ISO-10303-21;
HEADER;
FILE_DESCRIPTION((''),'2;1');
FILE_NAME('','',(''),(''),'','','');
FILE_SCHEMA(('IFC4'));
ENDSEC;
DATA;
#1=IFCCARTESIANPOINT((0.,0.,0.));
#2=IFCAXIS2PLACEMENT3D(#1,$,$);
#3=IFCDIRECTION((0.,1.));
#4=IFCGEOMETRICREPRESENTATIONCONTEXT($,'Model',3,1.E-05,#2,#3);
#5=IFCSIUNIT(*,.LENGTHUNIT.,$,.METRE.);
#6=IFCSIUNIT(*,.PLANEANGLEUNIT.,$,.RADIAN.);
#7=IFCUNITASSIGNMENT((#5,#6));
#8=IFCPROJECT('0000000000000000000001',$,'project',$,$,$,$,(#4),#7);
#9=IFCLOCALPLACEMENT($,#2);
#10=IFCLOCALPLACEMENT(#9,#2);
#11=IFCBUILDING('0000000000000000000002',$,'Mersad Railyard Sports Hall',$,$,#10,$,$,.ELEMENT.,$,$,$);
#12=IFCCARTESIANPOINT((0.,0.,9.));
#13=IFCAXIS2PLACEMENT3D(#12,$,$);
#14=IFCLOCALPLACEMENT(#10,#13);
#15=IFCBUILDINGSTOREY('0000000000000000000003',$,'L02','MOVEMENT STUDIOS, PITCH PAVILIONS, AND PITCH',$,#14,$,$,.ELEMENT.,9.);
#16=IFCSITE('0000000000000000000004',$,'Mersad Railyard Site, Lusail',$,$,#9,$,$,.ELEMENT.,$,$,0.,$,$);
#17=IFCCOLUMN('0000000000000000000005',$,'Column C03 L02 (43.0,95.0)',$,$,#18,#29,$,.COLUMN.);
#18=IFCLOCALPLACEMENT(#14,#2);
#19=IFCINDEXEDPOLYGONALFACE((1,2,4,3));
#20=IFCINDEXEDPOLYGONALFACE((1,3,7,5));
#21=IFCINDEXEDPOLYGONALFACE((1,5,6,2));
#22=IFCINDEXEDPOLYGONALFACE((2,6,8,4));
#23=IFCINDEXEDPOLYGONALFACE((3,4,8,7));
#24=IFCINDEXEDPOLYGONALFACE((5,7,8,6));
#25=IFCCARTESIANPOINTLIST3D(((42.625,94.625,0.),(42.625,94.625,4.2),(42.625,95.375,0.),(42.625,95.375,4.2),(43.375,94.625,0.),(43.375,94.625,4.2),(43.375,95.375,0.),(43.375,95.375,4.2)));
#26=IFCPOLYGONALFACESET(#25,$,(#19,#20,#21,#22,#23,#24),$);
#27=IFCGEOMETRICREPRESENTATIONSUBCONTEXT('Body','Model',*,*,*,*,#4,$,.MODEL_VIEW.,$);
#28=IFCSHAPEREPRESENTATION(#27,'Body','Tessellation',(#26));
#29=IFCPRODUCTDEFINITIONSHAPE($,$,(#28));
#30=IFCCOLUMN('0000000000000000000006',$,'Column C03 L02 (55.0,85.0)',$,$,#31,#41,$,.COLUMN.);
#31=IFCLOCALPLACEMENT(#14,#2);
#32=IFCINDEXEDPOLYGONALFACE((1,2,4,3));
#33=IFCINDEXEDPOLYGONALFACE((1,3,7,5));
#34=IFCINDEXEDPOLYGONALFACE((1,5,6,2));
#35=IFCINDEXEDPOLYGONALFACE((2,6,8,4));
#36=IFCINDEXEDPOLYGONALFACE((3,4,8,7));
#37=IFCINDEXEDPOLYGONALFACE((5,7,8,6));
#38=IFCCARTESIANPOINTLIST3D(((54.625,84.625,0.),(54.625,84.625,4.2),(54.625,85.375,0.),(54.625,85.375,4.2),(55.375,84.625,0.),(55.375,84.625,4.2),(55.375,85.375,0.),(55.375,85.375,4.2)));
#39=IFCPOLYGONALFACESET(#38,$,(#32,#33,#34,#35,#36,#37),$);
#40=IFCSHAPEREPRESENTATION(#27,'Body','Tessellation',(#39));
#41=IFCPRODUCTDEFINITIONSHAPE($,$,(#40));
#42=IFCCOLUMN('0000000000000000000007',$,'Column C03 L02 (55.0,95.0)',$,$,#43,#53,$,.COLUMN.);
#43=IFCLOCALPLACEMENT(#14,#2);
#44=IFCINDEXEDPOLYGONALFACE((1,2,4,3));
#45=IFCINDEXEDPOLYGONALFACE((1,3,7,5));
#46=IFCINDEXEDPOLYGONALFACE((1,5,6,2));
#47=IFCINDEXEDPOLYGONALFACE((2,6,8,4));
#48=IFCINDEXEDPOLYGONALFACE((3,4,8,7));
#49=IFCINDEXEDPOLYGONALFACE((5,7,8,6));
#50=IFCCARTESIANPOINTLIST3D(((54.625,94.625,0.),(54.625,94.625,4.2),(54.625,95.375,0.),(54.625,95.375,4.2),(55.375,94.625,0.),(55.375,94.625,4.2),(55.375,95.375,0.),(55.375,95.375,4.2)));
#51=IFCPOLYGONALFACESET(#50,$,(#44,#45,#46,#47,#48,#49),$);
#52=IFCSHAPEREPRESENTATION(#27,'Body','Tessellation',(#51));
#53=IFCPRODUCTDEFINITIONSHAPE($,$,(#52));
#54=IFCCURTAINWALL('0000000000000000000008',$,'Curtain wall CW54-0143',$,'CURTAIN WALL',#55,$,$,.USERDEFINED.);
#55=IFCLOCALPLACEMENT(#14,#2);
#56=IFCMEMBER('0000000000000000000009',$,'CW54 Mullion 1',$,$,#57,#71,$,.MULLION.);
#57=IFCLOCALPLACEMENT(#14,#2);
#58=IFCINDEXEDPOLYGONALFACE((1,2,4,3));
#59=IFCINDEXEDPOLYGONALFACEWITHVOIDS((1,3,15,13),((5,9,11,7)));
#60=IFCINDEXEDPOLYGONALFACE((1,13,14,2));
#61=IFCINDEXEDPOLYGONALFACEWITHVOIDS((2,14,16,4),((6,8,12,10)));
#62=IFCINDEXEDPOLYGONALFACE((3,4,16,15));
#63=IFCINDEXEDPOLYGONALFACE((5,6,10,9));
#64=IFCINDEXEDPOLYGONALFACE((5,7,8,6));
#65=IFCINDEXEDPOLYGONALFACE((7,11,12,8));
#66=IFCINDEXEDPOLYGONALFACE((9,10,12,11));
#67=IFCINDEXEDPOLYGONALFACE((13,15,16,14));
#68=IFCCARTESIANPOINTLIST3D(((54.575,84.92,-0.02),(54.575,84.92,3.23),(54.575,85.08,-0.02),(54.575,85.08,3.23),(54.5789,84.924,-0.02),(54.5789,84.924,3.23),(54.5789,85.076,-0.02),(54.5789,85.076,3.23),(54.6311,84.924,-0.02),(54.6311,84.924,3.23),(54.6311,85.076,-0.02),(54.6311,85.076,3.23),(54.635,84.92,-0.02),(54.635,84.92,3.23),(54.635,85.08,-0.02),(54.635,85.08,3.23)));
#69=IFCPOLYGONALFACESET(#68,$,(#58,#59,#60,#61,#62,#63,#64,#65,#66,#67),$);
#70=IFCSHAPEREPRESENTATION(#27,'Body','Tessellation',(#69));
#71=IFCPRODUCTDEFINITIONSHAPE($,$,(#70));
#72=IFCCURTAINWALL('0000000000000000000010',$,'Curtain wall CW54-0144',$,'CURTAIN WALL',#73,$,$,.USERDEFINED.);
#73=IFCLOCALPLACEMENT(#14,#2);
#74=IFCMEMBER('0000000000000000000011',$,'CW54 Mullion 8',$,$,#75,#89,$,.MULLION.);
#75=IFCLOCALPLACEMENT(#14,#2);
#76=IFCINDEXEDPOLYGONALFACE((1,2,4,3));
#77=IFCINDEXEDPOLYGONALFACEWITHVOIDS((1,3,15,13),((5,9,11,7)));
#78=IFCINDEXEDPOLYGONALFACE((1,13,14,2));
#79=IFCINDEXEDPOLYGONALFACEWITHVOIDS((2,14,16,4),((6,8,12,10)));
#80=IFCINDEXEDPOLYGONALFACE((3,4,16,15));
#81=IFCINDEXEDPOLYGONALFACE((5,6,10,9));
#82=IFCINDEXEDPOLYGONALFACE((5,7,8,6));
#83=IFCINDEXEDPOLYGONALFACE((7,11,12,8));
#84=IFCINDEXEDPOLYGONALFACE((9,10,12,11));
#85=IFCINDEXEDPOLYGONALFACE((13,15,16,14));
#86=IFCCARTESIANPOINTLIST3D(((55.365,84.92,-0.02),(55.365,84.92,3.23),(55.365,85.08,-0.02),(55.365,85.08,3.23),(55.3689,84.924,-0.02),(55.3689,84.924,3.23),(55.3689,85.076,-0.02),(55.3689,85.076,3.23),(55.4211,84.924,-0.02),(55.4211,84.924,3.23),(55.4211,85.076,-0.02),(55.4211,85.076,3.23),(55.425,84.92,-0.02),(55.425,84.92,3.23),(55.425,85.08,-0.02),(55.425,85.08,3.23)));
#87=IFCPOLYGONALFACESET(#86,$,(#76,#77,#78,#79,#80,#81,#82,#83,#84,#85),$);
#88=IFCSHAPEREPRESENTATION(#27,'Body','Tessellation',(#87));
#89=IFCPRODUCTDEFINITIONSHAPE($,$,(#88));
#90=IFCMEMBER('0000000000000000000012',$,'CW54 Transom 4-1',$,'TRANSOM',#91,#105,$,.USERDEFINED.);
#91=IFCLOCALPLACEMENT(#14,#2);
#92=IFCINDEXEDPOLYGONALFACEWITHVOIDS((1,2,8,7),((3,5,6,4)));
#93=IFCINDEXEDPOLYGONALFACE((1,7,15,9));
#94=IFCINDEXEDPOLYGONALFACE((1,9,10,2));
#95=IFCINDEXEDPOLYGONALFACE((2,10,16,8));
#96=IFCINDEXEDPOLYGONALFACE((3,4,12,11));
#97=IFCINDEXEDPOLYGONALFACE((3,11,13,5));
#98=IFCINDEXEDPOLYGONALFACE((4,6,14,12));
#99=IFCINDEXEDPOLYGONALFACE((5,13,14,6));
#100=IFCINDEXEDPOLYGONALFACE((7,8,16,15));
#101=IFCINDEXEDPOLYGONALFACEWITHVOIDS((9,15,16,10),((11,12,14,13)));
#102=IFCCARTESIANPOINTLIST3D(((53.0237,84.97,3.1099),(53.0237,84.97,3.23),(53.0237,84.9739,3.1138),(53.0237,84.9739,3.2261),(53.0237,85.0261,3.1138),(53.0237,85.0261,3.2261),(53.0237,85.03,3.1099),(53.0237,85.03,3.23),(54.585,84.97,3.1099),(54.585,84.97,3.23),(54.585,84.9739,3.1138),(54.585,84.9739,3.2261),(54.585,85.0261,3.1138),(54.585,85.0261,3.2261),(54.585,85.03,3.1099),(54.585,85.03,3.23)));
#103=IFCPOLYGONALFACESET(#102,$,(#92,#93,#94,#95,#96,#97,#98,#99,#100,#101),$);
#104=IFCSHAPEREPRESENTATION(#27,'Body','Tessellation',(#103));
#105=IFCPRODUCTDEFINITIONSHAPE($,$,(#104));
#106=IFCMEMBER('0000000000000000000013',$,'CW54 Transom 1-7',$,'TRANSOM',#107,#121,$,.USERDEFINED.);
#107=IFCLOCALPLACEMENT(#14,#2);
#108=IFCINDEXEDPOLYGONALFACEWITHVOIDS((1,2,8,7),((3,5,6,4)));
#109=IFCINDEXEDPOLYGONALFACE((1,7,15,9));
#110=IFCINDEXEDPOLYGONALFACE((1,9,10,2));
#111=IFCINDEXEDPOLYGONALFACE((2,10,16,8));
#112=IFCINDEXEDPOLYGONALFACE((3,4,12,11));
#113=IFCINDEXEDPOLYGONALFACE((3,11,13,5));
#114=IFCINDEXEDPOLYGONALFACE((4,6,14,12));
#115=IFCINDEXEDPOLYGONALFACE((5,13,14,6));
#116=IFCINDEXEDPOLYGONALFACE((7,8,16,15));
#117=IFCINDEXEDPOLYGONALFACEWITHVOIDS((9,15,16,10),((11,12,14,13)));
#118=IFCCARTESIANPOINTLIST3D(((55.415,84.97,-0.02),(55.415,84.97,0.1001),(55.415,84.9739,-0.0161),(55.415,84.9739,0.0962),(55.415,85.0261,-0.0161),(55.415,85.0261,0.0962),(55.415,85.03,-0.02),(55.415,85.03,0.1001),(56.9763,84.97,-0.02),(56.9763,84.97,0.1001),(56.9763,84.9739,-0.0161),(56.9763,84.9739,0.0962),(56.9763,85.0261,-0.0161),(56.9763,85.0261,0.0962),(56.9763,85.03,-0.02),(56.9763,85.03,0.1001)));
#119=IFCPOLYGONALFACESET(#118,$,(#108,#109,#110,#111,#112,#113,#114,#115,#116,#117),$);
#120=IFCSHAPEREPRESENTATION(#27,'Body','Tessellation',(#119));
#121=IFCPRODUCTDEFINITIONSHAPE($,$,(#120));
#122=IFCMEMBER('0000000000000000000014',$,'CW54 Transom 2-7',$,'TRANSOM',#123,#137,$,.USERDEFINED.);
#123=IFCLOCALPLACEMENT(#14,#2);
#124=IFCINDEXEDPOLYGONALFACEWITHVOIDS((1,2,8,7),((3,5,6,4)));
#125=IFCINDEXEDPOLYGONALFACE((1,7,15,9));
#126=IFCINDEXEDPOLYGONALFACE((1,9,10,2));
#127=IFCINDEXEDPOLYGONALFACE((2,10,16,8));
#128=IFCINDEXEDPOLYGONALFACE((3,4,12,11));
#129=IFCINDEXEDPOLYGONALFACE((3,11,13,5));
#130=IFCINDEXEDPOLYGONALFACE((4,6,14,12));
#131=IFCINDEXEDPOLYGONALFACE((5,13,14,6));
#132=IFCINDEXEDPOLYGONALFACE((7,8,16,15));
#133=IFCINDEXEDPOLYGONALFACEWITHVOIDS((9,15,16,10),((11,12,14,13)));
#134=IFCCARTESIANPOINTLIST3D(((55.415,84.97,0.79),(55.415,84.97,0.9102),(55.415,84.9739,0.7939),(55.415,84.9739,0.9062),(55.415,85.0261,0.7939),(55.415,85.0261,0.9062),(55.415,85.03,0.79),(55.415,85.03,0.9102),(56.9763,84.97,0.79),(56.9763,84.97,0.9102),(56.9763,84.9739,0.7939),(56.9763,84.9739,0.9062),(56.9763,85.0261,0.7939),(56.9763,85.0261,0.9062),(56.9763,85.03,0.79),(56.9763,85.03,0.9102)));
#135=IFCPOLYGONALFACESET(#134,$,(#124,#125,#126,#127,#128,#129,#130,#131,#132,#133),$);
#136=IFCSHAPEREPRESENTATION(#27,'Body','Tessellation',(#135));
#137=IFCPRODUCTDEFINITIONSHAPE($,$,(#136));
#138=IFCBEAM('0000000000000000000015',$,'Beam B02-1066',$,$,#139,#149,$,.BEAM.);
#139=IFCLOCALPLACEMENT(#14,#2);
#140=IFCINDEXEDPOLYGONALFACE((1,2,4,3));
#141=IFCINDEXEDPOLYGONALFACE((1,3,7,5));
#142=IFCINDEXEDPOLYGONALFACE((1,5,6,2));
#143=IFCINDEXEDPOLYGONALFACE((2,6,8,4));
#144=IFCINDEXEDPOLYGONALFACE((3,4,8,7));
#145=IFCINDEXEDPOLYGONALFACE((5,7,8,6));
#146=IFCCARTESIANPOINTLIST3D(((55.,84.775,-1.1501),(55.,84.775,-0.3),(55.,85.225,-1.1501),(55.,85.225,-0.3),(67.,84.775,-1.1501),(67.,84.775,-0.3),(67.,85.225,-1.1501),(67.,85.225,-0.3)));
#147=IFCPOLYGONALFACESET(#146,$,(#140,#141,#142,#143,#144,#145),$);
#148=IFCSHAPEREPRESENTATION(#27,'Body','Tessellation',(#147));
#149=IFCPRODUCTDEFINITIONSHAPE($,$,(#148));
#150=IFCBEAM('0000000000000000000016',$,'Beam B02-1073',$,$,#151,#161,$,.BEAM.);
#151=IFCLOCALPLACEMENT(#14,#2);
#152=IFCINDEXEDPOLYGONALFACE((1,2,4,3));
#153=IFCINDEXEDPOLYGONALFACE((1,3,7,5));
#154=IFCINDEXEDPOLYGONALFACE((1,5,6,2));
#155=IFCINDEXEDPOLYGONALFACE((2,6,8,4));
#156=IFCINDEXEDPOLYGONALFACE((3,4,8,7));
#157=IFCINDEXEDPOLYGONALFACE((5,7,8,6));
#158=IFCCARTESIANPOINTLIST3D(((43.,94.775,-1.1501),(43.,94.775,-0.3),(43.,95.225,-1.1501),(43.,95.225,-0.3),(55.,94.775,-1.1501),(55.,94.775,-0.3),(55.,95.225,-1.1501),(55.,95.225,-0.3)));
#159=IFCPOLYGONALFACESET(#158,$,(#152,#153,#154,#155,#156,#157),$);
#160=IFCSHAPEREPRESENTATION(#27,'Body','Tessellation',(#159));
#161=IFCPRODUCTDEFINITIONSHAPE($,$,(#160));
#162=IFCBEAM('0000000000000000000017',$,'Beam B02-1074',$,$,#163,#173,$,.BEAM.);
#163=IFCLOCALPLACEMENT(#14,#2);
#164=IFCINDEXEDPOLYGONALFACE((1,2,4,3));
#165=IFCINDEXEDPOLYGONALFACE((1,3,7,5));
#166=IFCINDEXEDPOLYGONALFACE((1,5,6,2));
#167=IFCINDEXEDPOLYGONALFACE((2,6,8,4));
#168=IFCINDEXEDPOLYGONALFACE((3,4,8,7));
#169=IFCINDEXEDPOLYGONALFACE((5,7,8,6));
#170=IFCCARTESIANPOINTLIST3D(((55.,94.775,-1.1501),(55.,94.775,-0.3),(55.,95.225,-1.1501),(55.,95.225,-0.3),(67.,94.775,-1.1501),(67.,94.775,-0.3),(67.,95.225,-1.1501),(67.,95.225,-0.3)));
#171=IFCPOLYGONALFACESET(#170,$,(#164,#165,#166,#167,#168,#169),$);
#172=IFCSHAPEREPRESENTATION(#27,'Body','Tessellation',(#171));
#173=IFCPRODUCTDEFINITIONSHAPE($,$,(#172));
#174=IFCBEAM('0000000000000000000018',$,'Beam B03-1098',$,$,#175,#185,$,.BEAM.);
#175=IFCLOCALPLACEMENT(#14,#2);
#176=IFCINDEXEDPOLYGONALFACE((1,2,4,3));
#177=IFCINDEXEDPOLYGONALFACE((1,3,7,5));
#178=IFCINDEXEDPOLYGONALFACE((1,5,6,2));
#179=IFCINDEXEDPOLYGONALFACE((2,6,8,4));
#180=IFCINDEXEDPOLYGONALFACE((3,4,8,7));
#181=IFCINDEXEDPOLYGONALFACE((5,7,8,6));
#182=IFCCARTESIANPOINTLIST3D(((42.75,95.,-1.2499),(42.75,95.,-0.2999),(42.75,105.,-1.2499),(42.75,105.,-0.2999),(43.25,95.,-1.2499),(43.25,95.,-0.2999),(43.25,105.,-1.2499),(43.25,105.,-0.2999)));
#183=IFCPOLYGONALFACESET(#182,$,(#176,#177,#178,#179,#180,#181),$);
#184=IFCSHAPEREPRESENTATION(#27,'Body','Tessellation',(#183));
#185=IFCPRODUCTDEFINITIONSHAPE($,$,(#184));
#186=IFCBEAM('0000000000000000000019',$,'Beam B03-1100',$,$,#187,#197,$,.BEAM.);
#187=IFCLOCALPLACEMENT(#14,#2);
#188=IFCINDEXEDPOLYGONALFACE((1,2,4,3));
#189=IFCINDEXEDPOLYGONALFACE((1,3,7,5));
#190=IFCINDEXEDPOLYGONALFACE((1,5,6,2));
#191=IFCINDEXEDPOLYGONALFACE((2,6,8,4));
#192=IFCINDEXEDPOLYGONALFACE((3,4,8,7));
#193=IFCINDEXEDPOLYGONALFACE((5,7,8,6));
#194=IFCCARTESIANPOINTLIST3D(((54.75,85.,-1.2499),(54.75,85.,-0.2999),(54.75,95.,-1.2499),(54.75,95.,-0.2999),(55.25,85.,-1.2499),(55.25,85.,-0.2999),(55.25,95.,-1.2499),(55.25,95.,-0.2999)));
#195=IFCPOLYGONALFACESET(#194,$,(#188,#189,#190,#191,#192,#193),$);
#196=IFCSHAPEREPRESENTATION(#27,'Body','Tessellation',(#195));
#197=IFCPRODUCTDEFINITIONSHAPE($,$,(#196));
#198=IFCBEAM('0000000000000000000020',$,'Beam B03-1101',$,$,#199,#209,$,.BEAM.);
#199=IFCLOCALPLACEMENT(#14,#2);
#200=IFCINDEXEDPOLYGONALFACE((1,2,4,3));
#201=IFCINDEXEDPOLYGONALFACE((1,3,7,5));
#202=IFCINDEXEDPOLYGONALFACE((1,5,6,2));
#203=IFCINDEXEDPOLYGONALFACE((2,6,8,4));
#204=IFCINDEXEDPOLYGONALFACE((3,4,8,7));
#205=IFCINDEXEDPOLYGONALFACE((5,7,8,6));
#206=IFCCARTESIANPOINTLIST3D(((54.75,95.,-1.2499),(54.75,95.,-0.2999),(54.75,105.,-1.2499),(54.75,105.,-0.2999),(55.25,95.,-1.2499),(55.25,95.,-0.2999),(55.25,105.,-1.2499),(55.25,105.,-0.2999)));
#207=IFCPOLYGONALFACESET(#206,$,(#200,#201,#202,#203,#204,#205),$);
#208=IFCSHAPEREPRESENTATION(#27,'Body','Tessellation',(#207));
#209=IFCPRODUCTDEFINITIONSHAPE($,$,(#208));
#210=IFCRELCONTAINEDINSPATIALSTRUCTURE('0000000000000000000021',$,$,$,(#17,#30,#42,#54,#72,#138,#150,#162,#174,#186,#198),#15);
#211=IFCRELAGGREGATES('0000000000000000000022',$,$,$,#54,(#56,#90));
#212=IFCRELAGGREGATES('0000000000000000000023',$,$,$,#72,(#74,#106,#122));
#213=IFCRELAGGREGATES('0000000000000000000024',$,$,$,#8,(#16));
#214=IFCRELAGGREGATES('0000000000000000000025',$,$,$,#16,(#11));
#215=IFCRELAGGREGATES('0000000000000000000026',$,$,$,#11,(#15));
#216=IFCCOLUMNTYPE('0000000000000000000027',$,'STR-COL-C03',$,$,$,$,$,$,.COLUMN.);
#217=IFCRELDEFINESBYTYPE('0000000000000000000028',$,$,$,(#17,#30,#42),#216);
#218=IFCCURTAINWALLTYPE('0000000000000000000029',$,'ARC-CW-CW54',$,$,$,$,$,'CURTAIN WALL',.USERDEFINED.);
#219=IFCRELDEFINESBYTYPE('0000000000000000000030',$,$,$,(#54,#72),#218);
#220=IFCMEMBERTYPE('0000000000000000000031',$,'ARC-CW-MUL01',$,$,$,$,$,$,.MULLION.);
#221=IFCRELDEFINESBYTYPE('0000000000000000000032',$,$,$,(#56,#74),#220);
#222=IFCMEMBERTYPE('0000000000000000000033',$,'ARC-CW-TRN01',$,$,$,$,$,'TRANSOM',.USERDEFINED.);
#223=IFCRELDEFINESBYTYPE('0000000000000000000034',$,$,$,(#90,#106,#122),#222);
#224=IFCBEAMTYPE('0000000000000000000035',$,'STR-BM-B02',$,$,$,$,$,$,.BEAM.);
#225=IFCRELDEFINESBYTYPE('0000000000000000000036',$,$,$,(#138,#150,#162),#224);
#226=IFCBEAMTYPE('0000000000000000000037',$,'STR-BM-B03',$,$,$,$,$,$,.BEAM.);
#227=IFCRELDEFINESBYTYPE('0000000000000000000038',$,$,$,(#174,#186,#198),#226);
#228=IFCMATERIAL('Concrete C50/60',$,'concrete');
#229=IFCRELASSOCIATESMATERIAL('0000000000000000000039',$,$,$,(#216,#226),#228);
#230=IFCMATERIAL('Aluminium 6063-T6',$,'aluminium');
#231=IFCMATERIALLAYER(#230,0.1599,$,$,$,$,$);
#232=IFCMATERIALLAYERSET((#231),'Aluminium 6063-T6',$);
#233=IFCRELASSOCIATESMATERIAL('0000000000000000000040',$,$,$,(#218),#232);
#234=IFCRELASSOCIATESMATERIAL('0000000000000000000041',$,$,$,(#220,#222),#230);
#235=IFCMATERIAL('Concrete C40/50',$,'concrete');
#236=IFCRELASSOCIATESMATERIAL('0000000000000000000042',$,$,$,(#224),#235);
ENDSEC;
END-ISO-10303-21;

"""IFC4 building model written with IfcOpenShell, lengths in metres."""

from ifc_helpers import new_model, si_unit, direction, frame, origin, origin_2d, place, context, subcontext, project, spatial, rectangle, hollow_rectangle, extrude, material, layer, layer_set, material_profile, profile_set, type_object, element, aggregate, save


model = new_model("IFC4")

# Units and contexts
model_context = context("Model", 3, precision=1e-05, world=origin(), true_north=direction((0.0, 1.0)))
body_context = subcontext(model_context, "Body", "Model", "MODEL_VIEW")
ifc_project = project(units=[si_unit("LENGTHUNIT", "METRE"), si_unit("PLANEANGLEUNIT", "RADIAN")], contexts=[model_context])

# Site, building, storey
site_placement = place(None, origin())
site = spatial("IfcSite", under=ifc_project, at=site_placement, Name="Mersad Railyard Site, Lusail", CompositionType="ELEMENT", RefElevation=0.0)
building_placement = place(site_placement, origin())
building = spatial("IfcBuilding", under=site, at=building_placement, Name="Mersad Railyard Sports Hall", CompositionType="ELEMENT")
storey_placement = place(building_placement, frame((0.0, 0.0, 9.0)))
storey = spatial("IfcBuildingStorey", under=building, at=storey_placement, Name="L02", Description="MOVEMENT STUDIOS, PITCH PAVILIONS, AND PITCH", CompositionType="ELEMENT", Elevation=9.0)

# Columns
ifc_material_1 = material(Name="Concrete C50/60", Category="concrete")
ifc_material_profile_1 = material_profile(ifc_material_1, rectangle(XDim=0.75, YDim=0.75, at=origin_2d()), Name="RC 750x750")
ifc_profile_set_1 = profile_set([ifc_material_profile_1], Name="Concrete C50/60")
column_type = type_object("IfcColumnType", Name="STR-COL-C03", PredefinedType="COLUMN", material=ifc_profile_set_1)
for number, where, z_axis, x_axis, name in (
    (1, (43.0, 95.0, 0.0), (0.0, 0.0, 1.0), (1.0, 0.0, 0.0), "Column C03 L02 (43.0,95.0)"),
    (2, (55.0, 85.0, 0.0), (0.0, 0.0, 1.0), (1.0, 0.0, 0.0), "Column C03 L02 (55.0,85.0)"),
    (3, (55.0, 95.0, 0.0), (0.0, 0.0, 1.0), (1.0, 0.0, 0.0), "Column C03 L02 (55.0,95.0)"),
):
    element("IfcColumn", number, at=place(storey_placement, frame(where, z_axis=z_axis, x_axis=x_axis)), inside=storey, type_object=column_type, Name=name, PredefinedType="COLUMN", context=body_context, shape_type="SweptSolid", body=[
        extrude(rectangle(XDim=0.75, YDim=0.75, at=origin_2d()), origin(), (0.0, 0.0, 1.0), 4.2),
    ])

# Curtain walls, members
ifc_material_2 = material(Name="Aluminium 6063-T6", Category="aluminium")
ifc_layer_1 = layer(ifc_material_2, 0.1599)
ifc_layer_set_1 = layer_set([ifc_layer_1], Name="Aluminium 6063-T6")
curtain_wall_type = type_object("IfcCurtainWallType", Name="ARC-CW-CW54", ElementType="CURTAIN WALL", PredefinedType="USERDEFINED", material=ifc_layer_set_1)
curtain_wall_1_placement = place(storey_placement, origin())
curtain_wall_1 = element("IfcCurtainWall", 4, at=curtain_wall_1_placement, inside=storey, type_object=curtain_wall_type, Name="Curtain wall CW54-0143", ObjectType="CURTAIN WALL", PredefinedType="USERDEFINED")
ifc_material_profile_2 = material_profile(ifc_material_2, hollow_rectangle(XDim=0.0601, YDim=0.1599, WallThickness=0.0039, at=origin_2d()), Name="AL MULLION 60x160x4")
ifc_profile_set_2 = profile_set([ifc_material_profile_2], Name="Aluminium 6063-T6")
member_type_1 = type_object("IfcMemberType", Name="ARC-CW-MUL01", PredefinedType="MULLION", material=ifc_profile_set_2)
member_1_placement = place(storey_placement, frame((54.605, 85.0, -0.02), z_axis=(0.0, 0.0, 1.0), x_axis=(1.0, 0.0, 0.0)))
member_1 = element("IfcMember", 5, at=member_1_placement, type_object=member_type_1, Name="CW54 Mullion 1", PredefinedType="MULLION", context=body_context, shape_type="SweptSolid", body=[
    extrude(hollow_rectangle(XDim=0.0601, YDim=0.1599, WallThickness=0.0039, at=origin_2d()), origin(), (0.0, 0.0, 1.0), 3.25),
])
curtain_wall_2_placement = place(storey_placement, origin())
curtain_wall_2 = element("IfcCurtainWall", 6, at=curtain_wall_2_placement, inside=storey, type_object=curtain_wall_type, Name="Curtain wall CW54-0144", ObjectType="CURTAIN WALL", PredefinedType="USERDEFINED")
member_2_placement = place(storey_placement, frame((55.395, 85.0, -0.02), z_axis=(0.0, 0.0, 1.0), x_axis=(1.0, 0.0, 0.0)))
member_2 = element("IfcMember", 7, at=member_2_placement, type_object=member_type_1, Name="CW54 Mullion 8", PredefinedType="MULLION", context=body_context, shape_type="SweptSolid", body=[
    extrude(hollow_rectangle(XDim=0.0601, YDim=0.1599, WallThickness=0.0039, at=origin_2d()), origin(), (0.0, 0.0, 1.0), 3.25),
])

# Members
ifc_material_profile_3 = material_profile(ifc_material_2, hollow_rectangle(XDim=0.0601, YDim=0.1201, WallThickness=0.0039, at=origin_2d()), Name="AL TRANSOM 60x120x4")
ifc_profile_set_3 = profile_set([ifc_material_profile_3], Name="Aluminium 6063-T6")
member_type_2 = type_object("IfcMemberType", Name="ARC-CW-TRN01", ElementType="TRANSOM", PredefinedType="USERDEFINED", material=ifc_profile_set_3)
member_3_placement = place(storey_placement, frame((54.585, 85.0, 3.1699), z_axis=(-1.0, 0.0, 0.0), x_axis=(0.0, -1.0, 0.0)))
member_3 = element("IfcMember", 8, at=member_3_placement, type_object=member_type_2, Name="CW54 Transom 4-1", ObjectType="TRANSOM", PredefinedType="USERDEFINED", context=body_context, shape_type="SweptSolid", body=[
    extrude(hollow_rectangle(XDim=0.0601, YDim=0.1201, WallThickness=0.0039, at=origin_2d()), origin(), (0.0, 0.0, 1.0), 1.5613),
])
aggregate(curtain_wall_1, [member_1, member_3])
member_4_placement = place(storey_placement, frame((56.9763, 85.0, 0.04), z_axis=(-1.0, 0.0, 0.0), x_axis=(0.0, -1.0, 0.0)))
member_4 = element("IfcMember", 9, at=member_4_placement, type_object=member_type_2, Name="CW54 Transom 1-7", ObjectType="TRANSOM", PredefinedType="USERDEFINED", context=body_context, shape_type="SweptSolid", body=[
    extrude(hollow_rectangle(XDim=0.0601, YDim=0.1201, WallThickness=0.0039, at=origin_2d()), origin(), (0.0, 0.0, 1.0), 1.5613),
])
member_5_placement = place(storey_placement, frame((56.9763, 85.0, 0.8501), z_axis=(-1.0, 0.0, 0.0), x_axis=(0.0, -1.0, 0.0)))
member_5 = element("IfcMember", 10, at=member_5_placement, type_object=member_type_2, Name="CW54 Transom 2-7", ObjectType="TRANSOM", PredefinedType="USERDEFINED", context=body_context, shape_type="SweptSolid", body=[
    extrude(hollow_rectangle(XDim=0.0601, YDim=0.1201, WallThickness=0.0039, at=origin_2d()), origin(), (0.0, 0.0, 1.0), 1.5613),
])

# Beams
ifc_material_3 = material(Name="Concrete C40/50", Category="concrete")
ifc_material_profile_4 = material_profile(ifc_material_3, rectangle(XDim=0.45, YDim=0.8501, at=origin_2d()), Name="RC 450x850")
ifc_profile_set_4 = profile_set([ifc_material_profile_4], Name="Concrete C40/50")
beam_type_1 = type_object("IfcBeamType", Name="STR-BM-B02", PredefinedType="BEAM", material=ifc_profile_set_4)
for number, where, z_axis, x_axis, name in (
    (11, (55.0, 85.0, -0.7251), (1.0, 0.0, 0.0), (0.0, 1.0, 0.0), "Beam B02-1066"),
    (12, (43.0, 95.0, -0.7251), (1.0, 0.0, 0.0), (0.0, 1.0, 0.0), "Beam B02-1073"),
    (13, (55.0, 95.0, -0.7251), (1.0, 0.0, 0.0), (0.0, 1.0, 0.0), "Beam B02-1074"),
):
    element("IfcBeam", number, at=place(storey_placement, frame(where, z_axis=z_axis, x_axis=x_axis)), inside=storey, type_object=beam_type_1, Name=name, PredefinedType="BEAM", context=body_context, shape_type="SweptSolid", body=[
        extrude(rectangle(XDim=0.45, YDim=0.8501, at=origin_2d()), origin(), (0.0, 0.0, 1.0), 12.0),
    ])
ifc_material_profile_5 = material_profile(ifc_material_1, rectangle(XDim=0.5, YDim=0.95, at=origin_2d()), Name="RC 500x950")
ifc_profile_set_5 = profile_set([ifc_material_profile_5], Name="Concrete C50/60")
beam_type_2 = type_object("IfcBeamType", Name="STR-BM-B03", PredefinedType="BEAM", material=ifc_profile_set_5)
for number, where, z_axis, x_axis, name in (
    (14, (43.0, 95.0, -0.7749), (0.0, 1.0, 0.0), (-1.0, 0.0, 0.0), "Beam B03-1098"),
    (15, (55.0, 85.0, -0.7749), (0.0, 1.0, 0.0), (-1.0, 0.0, 0.0), "Beam B03-1100"),
    (16, (55.0, 95.0, -0.7749), (0.0, 1.0, 0.0), (-1.0, 0.0, 0.0), "Beam B03-1101"),
):
    element("IfcBeam", number, at=place(storey_placement, frame(where, z_axis=z_axis, x_axis=x_axis)), inside=storey, type_object=beam_type_2, Name=name, PredefinedType="BEAM", context=body_context, shape_type="SweptSolid", body=[
        extrude(rectangle(XDim=0.5, YDim=0.95, at=origin_2d()), origin(), (0.0, 0.0, 1.0), 10.0),
    ])

aggregate(curtain_wall_2, [member_2, member_4, member_5])

save(model, "model.ifc")
